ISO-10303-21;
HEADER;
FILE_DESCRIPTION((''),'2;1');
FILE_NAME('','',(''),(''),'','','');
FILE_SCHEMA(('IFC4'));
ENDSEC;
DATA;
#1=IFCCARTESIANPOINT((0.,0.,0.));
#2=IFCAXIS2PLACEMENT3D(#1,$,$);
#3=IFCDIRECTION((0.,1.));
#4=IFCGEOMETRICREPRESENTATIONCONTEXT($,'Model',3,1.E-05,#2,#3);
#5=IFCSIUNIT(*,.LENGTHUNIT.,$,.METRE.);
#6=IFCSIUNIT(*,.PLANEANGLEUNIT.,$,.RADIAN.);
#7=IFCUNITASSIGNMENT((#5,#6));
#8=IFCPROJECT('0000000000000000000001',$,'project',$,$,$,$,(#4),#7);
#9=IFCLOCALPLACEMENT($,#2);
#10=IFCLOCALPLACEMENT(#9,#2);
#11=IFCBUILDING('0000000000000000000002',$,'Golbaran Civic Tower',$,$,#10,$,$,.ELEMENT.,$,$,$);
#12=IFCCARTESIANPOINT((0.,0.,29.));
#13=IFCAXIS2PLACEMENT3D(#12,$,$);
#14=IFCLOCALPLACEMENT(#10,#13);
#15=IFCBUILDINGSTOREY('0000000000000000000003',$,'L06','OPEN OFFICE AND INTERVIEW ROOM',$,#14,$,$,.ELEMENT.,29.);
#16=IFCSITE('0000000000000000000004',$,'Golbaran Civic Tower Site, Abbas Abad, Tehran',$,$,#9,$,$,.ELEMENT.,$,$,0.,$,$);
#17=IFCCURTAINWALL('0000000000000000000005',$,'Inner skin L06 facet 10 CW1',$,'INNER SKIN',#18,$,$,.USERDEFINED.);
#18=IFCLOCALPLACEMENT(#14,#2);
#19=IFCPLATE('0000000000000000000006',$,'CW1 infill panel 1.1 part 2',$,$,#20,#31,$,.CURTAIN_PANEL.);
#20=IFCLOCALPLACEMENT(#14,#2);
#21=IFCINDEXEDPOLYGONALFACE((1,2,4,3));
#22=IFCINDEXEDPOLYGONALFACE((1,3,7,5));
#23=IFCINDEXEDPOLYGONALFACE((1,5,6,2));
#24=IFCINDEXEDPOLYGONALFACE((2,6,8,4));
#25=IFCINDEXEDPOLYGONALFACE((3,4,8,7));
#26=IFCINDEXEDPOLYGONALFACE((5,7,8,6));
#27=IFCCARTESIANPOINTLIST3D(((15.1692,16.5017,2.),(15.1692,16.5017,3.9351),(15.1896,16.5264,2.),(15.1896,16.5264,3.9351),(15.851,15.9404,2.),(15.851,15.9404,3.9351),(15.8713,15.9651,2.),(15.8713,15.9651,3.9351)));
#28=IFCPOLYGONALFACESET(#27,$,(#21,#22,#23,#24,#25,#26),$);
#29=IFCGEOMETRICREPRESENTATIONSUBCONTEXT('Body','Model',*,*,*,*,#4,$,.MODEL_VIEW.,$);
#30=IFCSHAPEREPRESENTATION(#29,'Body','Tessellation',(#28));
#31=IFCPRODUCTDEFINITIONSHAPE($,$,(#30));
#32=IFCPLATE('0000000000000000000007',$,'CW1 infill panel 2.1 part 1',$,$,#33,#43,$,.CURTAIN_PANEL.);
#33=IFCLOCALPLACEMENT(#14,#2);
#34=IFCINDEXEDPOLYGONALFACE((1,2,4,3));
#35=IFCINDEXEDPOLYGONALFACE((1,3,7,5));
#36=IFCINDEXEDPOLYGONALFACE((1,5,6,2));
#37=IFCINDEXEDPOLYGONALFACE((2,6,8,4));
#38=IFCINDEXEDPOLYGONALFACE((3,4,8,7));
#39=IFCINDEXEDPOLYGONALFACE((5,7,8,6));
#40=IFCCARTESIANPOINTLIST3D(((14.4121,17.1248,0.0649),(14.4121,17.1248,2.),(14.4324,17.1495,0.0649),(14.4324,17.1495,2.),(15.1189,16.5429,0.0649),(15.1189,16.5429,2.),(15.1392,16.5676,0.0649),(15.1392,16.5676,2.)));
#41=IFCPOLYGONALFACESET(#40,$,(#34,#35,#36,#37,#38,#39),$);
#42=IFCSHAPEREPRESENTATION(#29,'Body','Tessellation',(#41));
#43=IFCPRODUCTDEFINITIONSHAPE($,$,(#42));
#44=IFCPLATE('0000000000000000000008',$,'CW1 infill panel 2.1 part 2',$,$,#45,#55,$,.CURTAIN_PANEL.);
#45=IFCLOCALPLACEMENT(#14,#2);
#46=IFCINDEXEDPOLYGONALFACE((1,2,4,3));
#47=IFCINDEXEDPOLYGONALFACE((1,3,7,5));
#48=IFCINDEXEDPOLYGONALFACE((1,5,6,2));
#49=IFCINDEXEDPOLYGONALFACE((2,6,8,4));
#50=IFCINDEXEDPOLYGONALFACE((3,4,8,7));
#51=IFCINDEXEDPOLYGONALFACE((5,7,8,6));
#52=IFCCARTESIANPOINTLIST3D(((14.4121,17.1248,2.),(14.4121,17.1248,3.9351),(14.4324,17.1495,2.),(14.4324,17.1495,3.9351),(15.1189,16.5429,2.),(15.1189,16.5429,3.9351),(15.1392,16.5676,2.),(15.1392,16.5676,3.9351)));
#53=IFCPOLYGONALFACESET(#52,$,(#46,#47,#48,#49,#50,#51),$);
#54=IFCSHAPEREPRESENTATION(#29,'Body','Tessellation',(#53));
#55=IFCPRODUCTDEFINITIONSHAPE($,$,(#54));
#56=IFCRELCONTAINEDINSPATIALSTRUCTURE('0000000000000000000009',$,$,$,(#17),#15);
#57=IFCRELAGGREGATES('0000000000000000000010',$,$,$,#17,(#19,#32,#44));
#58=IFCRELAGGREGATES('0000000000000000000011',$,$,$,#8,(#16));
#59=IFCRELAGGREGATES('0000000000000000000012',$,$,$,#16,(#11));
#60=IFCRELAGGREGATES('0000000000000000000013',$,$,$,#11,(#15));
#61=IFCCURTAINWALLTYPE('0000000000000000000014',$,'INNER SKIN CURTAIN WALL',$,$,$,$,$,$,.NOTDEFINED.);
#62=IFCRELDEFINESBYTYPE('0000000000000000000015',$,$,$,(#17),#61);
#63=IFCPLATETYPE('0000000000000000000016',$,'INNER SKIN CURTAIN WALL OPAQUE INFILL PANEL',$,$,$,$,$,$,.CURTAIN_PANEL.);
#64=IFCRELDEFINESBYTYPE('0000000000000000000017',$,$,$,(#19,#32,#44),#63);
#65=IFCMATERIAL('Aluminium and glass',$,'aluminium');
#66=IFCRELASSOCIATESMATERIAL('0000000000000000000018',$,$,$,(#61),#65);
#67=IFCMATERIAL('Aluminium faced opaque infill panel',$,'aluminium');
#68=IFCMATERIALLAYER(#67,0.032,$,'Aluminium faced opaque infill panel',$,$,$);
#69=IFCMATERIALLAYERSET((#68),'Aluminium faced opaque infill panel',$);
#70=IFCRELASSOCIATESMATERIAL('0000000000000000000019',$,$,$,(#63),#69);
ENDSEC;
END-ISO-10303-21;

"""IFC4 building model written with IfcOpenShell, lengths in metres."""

from ifc_helpers import new_model, si_unit, direction, frame, origin, origin_2d, place, context, subcontext, project, spatial, rectangle, extrude, material, layer, layer_set, type_object, element, aggregate, save


model = new_model("IFC4")

# Units and contexts
model_context = context("Model", 3, precision=1e-05, world=origin(), true_north=direction((0.0, 1.0)))
body_context = subcontext(model_context, "Body", "Model", "MODEL_VIEW")
ifc_project = project(units=[si_unit("LENGTHUNIT", "METRE"), si_unit("PLANEANGLEUNIT", "RADIAN")], contexts=[model_context])

# Site, building, storey
site_placement = place(None, origin())
site = spatial("IfcSite", under=ifc_project, at=site_placement, Name="Golbaran Civic Tower Site, Abbas Abad, Tehran", CompositionType="ELEMENT", RefElevation=0.0)
building_placement = place(site_placement, origin())
building = spatial("IfcBuilding", under=site, at=building_placement, Name="Golbaran Civic Tower", CompositionType="ELEMENT")
storey_placement = place(building_placement, frame((0.0, 0.0, 29.0)))
storey = spatial("IfcBuildingStorey", under=building, at=storey_placement, Name="L06", Description="OPEN OFFICE AND INTERVIEW ROOM", CompositionType="ELEMENT", Elevation=29.0)

# Shared definitions
ifc_material_1 = material(Name="Aluminium and glass", Category="aluminium")
curtain_wall_type = type_object("IfcCurtainWallType", Name="INNER SKIN CURTAIN WALL", PredefinedType="NOTDEFINED", material=ifc_material_1)

# Curtain wall
curtain_wall_1_placement = place(storey_placement, origin())
curtain_wall_1 = element("IfcCurtainWall", 1, at=curtain_wall_1_placement, inside=storey, type_object=curtain_wall_type, Name="Inner skin L06 facet 10 CW1", ObjectType="INNER SKIN", PredefinedType="USERDEFINED")

# Plates
ifc_material_2 = material(Name="Aluminium faced opaque infill panel", Category="aluminium")
ifc_layer_1 = layer(ifc_material_2, 0.032, Name="Aluminium faced opaque infill panel")
ifc_layer_set_1 = layer_set([ifc_layer_1], Name="Aluminium faced opaque infill panel")
plate_type_1 = type_object("IfcPlateType", Name="INNER SKIN CURTAIN WALL OPAQUE INFILL PANEL", PredefinedType="CURTAIN_PANEL", material=ifc_layer_set_1)
plate_1_placement = place(storey_placement, frame((15.5203, 16.2334, 2.0), z_axis=(0.0, 0.0, 1.0), x_axis=(-0.772032, 0.635583, 0.0)))
plate_1 = element("IfcPlate", 2, at=plate_1_placement, type_object=plate_type_1, Name="CW1 infill panel 1.1 part 2", PredefinedType="CURTAIN_PANEL", context=body_context, shape_type="SweptSolid", body=[
    extrude(rectangle(XDim=0.8831, YDim=0.032, at=origin_2d()), origin(), (0.0, 0.0, 1.0), 1.9351),
])
plate_2_placement = place(storey_placement, frame((14.7756, 16.8462, 0.0649), z_axis=(0.0, 0.0, 1.0), x_axis=(-0.772032, 0.635583, 0.0)))
plate_2 = element("IfcPlate", 3, at=plate_2_placement, type_object=plate_type_1, Name="CW1 infill panel 2.1 part 1", PredefinedType="CURTAIN_PANEL", context=body_context, shape_type="SweptSolid", body=[
    extrude(rectangle(XDim=0.9155, YDim=0.032, at=origin_2d()), origin(), (0.0, 0.0, 1.0), 1.9351),
])
plate_3_placement = place(storey_placement, frame((14.7756, 16.8462, 2.0), z_axis=(0.0, 0.0, 1.0), x_axis=(-0.772032, 0.635583, 0.0)))
plate_3 = element("IfcPlate", 4, at=plate_3_placement, type_object=plate_type_1, Name="CW1 infill panel 2.1 part 2", PredefinedType="CURTAIN_PANEL", context=body_context, shape_type="SweptSolid", body=[
    extrude(rectangle(XDim=0.9155, YDim=0.032, at=origin_2d()), origin(), (0.0, 0.0, 1.0), 1.9351),
])
aggregate(curtain_wall_1, [plate_1, plate_2, plate_3])

save(model, "model.ifc")
